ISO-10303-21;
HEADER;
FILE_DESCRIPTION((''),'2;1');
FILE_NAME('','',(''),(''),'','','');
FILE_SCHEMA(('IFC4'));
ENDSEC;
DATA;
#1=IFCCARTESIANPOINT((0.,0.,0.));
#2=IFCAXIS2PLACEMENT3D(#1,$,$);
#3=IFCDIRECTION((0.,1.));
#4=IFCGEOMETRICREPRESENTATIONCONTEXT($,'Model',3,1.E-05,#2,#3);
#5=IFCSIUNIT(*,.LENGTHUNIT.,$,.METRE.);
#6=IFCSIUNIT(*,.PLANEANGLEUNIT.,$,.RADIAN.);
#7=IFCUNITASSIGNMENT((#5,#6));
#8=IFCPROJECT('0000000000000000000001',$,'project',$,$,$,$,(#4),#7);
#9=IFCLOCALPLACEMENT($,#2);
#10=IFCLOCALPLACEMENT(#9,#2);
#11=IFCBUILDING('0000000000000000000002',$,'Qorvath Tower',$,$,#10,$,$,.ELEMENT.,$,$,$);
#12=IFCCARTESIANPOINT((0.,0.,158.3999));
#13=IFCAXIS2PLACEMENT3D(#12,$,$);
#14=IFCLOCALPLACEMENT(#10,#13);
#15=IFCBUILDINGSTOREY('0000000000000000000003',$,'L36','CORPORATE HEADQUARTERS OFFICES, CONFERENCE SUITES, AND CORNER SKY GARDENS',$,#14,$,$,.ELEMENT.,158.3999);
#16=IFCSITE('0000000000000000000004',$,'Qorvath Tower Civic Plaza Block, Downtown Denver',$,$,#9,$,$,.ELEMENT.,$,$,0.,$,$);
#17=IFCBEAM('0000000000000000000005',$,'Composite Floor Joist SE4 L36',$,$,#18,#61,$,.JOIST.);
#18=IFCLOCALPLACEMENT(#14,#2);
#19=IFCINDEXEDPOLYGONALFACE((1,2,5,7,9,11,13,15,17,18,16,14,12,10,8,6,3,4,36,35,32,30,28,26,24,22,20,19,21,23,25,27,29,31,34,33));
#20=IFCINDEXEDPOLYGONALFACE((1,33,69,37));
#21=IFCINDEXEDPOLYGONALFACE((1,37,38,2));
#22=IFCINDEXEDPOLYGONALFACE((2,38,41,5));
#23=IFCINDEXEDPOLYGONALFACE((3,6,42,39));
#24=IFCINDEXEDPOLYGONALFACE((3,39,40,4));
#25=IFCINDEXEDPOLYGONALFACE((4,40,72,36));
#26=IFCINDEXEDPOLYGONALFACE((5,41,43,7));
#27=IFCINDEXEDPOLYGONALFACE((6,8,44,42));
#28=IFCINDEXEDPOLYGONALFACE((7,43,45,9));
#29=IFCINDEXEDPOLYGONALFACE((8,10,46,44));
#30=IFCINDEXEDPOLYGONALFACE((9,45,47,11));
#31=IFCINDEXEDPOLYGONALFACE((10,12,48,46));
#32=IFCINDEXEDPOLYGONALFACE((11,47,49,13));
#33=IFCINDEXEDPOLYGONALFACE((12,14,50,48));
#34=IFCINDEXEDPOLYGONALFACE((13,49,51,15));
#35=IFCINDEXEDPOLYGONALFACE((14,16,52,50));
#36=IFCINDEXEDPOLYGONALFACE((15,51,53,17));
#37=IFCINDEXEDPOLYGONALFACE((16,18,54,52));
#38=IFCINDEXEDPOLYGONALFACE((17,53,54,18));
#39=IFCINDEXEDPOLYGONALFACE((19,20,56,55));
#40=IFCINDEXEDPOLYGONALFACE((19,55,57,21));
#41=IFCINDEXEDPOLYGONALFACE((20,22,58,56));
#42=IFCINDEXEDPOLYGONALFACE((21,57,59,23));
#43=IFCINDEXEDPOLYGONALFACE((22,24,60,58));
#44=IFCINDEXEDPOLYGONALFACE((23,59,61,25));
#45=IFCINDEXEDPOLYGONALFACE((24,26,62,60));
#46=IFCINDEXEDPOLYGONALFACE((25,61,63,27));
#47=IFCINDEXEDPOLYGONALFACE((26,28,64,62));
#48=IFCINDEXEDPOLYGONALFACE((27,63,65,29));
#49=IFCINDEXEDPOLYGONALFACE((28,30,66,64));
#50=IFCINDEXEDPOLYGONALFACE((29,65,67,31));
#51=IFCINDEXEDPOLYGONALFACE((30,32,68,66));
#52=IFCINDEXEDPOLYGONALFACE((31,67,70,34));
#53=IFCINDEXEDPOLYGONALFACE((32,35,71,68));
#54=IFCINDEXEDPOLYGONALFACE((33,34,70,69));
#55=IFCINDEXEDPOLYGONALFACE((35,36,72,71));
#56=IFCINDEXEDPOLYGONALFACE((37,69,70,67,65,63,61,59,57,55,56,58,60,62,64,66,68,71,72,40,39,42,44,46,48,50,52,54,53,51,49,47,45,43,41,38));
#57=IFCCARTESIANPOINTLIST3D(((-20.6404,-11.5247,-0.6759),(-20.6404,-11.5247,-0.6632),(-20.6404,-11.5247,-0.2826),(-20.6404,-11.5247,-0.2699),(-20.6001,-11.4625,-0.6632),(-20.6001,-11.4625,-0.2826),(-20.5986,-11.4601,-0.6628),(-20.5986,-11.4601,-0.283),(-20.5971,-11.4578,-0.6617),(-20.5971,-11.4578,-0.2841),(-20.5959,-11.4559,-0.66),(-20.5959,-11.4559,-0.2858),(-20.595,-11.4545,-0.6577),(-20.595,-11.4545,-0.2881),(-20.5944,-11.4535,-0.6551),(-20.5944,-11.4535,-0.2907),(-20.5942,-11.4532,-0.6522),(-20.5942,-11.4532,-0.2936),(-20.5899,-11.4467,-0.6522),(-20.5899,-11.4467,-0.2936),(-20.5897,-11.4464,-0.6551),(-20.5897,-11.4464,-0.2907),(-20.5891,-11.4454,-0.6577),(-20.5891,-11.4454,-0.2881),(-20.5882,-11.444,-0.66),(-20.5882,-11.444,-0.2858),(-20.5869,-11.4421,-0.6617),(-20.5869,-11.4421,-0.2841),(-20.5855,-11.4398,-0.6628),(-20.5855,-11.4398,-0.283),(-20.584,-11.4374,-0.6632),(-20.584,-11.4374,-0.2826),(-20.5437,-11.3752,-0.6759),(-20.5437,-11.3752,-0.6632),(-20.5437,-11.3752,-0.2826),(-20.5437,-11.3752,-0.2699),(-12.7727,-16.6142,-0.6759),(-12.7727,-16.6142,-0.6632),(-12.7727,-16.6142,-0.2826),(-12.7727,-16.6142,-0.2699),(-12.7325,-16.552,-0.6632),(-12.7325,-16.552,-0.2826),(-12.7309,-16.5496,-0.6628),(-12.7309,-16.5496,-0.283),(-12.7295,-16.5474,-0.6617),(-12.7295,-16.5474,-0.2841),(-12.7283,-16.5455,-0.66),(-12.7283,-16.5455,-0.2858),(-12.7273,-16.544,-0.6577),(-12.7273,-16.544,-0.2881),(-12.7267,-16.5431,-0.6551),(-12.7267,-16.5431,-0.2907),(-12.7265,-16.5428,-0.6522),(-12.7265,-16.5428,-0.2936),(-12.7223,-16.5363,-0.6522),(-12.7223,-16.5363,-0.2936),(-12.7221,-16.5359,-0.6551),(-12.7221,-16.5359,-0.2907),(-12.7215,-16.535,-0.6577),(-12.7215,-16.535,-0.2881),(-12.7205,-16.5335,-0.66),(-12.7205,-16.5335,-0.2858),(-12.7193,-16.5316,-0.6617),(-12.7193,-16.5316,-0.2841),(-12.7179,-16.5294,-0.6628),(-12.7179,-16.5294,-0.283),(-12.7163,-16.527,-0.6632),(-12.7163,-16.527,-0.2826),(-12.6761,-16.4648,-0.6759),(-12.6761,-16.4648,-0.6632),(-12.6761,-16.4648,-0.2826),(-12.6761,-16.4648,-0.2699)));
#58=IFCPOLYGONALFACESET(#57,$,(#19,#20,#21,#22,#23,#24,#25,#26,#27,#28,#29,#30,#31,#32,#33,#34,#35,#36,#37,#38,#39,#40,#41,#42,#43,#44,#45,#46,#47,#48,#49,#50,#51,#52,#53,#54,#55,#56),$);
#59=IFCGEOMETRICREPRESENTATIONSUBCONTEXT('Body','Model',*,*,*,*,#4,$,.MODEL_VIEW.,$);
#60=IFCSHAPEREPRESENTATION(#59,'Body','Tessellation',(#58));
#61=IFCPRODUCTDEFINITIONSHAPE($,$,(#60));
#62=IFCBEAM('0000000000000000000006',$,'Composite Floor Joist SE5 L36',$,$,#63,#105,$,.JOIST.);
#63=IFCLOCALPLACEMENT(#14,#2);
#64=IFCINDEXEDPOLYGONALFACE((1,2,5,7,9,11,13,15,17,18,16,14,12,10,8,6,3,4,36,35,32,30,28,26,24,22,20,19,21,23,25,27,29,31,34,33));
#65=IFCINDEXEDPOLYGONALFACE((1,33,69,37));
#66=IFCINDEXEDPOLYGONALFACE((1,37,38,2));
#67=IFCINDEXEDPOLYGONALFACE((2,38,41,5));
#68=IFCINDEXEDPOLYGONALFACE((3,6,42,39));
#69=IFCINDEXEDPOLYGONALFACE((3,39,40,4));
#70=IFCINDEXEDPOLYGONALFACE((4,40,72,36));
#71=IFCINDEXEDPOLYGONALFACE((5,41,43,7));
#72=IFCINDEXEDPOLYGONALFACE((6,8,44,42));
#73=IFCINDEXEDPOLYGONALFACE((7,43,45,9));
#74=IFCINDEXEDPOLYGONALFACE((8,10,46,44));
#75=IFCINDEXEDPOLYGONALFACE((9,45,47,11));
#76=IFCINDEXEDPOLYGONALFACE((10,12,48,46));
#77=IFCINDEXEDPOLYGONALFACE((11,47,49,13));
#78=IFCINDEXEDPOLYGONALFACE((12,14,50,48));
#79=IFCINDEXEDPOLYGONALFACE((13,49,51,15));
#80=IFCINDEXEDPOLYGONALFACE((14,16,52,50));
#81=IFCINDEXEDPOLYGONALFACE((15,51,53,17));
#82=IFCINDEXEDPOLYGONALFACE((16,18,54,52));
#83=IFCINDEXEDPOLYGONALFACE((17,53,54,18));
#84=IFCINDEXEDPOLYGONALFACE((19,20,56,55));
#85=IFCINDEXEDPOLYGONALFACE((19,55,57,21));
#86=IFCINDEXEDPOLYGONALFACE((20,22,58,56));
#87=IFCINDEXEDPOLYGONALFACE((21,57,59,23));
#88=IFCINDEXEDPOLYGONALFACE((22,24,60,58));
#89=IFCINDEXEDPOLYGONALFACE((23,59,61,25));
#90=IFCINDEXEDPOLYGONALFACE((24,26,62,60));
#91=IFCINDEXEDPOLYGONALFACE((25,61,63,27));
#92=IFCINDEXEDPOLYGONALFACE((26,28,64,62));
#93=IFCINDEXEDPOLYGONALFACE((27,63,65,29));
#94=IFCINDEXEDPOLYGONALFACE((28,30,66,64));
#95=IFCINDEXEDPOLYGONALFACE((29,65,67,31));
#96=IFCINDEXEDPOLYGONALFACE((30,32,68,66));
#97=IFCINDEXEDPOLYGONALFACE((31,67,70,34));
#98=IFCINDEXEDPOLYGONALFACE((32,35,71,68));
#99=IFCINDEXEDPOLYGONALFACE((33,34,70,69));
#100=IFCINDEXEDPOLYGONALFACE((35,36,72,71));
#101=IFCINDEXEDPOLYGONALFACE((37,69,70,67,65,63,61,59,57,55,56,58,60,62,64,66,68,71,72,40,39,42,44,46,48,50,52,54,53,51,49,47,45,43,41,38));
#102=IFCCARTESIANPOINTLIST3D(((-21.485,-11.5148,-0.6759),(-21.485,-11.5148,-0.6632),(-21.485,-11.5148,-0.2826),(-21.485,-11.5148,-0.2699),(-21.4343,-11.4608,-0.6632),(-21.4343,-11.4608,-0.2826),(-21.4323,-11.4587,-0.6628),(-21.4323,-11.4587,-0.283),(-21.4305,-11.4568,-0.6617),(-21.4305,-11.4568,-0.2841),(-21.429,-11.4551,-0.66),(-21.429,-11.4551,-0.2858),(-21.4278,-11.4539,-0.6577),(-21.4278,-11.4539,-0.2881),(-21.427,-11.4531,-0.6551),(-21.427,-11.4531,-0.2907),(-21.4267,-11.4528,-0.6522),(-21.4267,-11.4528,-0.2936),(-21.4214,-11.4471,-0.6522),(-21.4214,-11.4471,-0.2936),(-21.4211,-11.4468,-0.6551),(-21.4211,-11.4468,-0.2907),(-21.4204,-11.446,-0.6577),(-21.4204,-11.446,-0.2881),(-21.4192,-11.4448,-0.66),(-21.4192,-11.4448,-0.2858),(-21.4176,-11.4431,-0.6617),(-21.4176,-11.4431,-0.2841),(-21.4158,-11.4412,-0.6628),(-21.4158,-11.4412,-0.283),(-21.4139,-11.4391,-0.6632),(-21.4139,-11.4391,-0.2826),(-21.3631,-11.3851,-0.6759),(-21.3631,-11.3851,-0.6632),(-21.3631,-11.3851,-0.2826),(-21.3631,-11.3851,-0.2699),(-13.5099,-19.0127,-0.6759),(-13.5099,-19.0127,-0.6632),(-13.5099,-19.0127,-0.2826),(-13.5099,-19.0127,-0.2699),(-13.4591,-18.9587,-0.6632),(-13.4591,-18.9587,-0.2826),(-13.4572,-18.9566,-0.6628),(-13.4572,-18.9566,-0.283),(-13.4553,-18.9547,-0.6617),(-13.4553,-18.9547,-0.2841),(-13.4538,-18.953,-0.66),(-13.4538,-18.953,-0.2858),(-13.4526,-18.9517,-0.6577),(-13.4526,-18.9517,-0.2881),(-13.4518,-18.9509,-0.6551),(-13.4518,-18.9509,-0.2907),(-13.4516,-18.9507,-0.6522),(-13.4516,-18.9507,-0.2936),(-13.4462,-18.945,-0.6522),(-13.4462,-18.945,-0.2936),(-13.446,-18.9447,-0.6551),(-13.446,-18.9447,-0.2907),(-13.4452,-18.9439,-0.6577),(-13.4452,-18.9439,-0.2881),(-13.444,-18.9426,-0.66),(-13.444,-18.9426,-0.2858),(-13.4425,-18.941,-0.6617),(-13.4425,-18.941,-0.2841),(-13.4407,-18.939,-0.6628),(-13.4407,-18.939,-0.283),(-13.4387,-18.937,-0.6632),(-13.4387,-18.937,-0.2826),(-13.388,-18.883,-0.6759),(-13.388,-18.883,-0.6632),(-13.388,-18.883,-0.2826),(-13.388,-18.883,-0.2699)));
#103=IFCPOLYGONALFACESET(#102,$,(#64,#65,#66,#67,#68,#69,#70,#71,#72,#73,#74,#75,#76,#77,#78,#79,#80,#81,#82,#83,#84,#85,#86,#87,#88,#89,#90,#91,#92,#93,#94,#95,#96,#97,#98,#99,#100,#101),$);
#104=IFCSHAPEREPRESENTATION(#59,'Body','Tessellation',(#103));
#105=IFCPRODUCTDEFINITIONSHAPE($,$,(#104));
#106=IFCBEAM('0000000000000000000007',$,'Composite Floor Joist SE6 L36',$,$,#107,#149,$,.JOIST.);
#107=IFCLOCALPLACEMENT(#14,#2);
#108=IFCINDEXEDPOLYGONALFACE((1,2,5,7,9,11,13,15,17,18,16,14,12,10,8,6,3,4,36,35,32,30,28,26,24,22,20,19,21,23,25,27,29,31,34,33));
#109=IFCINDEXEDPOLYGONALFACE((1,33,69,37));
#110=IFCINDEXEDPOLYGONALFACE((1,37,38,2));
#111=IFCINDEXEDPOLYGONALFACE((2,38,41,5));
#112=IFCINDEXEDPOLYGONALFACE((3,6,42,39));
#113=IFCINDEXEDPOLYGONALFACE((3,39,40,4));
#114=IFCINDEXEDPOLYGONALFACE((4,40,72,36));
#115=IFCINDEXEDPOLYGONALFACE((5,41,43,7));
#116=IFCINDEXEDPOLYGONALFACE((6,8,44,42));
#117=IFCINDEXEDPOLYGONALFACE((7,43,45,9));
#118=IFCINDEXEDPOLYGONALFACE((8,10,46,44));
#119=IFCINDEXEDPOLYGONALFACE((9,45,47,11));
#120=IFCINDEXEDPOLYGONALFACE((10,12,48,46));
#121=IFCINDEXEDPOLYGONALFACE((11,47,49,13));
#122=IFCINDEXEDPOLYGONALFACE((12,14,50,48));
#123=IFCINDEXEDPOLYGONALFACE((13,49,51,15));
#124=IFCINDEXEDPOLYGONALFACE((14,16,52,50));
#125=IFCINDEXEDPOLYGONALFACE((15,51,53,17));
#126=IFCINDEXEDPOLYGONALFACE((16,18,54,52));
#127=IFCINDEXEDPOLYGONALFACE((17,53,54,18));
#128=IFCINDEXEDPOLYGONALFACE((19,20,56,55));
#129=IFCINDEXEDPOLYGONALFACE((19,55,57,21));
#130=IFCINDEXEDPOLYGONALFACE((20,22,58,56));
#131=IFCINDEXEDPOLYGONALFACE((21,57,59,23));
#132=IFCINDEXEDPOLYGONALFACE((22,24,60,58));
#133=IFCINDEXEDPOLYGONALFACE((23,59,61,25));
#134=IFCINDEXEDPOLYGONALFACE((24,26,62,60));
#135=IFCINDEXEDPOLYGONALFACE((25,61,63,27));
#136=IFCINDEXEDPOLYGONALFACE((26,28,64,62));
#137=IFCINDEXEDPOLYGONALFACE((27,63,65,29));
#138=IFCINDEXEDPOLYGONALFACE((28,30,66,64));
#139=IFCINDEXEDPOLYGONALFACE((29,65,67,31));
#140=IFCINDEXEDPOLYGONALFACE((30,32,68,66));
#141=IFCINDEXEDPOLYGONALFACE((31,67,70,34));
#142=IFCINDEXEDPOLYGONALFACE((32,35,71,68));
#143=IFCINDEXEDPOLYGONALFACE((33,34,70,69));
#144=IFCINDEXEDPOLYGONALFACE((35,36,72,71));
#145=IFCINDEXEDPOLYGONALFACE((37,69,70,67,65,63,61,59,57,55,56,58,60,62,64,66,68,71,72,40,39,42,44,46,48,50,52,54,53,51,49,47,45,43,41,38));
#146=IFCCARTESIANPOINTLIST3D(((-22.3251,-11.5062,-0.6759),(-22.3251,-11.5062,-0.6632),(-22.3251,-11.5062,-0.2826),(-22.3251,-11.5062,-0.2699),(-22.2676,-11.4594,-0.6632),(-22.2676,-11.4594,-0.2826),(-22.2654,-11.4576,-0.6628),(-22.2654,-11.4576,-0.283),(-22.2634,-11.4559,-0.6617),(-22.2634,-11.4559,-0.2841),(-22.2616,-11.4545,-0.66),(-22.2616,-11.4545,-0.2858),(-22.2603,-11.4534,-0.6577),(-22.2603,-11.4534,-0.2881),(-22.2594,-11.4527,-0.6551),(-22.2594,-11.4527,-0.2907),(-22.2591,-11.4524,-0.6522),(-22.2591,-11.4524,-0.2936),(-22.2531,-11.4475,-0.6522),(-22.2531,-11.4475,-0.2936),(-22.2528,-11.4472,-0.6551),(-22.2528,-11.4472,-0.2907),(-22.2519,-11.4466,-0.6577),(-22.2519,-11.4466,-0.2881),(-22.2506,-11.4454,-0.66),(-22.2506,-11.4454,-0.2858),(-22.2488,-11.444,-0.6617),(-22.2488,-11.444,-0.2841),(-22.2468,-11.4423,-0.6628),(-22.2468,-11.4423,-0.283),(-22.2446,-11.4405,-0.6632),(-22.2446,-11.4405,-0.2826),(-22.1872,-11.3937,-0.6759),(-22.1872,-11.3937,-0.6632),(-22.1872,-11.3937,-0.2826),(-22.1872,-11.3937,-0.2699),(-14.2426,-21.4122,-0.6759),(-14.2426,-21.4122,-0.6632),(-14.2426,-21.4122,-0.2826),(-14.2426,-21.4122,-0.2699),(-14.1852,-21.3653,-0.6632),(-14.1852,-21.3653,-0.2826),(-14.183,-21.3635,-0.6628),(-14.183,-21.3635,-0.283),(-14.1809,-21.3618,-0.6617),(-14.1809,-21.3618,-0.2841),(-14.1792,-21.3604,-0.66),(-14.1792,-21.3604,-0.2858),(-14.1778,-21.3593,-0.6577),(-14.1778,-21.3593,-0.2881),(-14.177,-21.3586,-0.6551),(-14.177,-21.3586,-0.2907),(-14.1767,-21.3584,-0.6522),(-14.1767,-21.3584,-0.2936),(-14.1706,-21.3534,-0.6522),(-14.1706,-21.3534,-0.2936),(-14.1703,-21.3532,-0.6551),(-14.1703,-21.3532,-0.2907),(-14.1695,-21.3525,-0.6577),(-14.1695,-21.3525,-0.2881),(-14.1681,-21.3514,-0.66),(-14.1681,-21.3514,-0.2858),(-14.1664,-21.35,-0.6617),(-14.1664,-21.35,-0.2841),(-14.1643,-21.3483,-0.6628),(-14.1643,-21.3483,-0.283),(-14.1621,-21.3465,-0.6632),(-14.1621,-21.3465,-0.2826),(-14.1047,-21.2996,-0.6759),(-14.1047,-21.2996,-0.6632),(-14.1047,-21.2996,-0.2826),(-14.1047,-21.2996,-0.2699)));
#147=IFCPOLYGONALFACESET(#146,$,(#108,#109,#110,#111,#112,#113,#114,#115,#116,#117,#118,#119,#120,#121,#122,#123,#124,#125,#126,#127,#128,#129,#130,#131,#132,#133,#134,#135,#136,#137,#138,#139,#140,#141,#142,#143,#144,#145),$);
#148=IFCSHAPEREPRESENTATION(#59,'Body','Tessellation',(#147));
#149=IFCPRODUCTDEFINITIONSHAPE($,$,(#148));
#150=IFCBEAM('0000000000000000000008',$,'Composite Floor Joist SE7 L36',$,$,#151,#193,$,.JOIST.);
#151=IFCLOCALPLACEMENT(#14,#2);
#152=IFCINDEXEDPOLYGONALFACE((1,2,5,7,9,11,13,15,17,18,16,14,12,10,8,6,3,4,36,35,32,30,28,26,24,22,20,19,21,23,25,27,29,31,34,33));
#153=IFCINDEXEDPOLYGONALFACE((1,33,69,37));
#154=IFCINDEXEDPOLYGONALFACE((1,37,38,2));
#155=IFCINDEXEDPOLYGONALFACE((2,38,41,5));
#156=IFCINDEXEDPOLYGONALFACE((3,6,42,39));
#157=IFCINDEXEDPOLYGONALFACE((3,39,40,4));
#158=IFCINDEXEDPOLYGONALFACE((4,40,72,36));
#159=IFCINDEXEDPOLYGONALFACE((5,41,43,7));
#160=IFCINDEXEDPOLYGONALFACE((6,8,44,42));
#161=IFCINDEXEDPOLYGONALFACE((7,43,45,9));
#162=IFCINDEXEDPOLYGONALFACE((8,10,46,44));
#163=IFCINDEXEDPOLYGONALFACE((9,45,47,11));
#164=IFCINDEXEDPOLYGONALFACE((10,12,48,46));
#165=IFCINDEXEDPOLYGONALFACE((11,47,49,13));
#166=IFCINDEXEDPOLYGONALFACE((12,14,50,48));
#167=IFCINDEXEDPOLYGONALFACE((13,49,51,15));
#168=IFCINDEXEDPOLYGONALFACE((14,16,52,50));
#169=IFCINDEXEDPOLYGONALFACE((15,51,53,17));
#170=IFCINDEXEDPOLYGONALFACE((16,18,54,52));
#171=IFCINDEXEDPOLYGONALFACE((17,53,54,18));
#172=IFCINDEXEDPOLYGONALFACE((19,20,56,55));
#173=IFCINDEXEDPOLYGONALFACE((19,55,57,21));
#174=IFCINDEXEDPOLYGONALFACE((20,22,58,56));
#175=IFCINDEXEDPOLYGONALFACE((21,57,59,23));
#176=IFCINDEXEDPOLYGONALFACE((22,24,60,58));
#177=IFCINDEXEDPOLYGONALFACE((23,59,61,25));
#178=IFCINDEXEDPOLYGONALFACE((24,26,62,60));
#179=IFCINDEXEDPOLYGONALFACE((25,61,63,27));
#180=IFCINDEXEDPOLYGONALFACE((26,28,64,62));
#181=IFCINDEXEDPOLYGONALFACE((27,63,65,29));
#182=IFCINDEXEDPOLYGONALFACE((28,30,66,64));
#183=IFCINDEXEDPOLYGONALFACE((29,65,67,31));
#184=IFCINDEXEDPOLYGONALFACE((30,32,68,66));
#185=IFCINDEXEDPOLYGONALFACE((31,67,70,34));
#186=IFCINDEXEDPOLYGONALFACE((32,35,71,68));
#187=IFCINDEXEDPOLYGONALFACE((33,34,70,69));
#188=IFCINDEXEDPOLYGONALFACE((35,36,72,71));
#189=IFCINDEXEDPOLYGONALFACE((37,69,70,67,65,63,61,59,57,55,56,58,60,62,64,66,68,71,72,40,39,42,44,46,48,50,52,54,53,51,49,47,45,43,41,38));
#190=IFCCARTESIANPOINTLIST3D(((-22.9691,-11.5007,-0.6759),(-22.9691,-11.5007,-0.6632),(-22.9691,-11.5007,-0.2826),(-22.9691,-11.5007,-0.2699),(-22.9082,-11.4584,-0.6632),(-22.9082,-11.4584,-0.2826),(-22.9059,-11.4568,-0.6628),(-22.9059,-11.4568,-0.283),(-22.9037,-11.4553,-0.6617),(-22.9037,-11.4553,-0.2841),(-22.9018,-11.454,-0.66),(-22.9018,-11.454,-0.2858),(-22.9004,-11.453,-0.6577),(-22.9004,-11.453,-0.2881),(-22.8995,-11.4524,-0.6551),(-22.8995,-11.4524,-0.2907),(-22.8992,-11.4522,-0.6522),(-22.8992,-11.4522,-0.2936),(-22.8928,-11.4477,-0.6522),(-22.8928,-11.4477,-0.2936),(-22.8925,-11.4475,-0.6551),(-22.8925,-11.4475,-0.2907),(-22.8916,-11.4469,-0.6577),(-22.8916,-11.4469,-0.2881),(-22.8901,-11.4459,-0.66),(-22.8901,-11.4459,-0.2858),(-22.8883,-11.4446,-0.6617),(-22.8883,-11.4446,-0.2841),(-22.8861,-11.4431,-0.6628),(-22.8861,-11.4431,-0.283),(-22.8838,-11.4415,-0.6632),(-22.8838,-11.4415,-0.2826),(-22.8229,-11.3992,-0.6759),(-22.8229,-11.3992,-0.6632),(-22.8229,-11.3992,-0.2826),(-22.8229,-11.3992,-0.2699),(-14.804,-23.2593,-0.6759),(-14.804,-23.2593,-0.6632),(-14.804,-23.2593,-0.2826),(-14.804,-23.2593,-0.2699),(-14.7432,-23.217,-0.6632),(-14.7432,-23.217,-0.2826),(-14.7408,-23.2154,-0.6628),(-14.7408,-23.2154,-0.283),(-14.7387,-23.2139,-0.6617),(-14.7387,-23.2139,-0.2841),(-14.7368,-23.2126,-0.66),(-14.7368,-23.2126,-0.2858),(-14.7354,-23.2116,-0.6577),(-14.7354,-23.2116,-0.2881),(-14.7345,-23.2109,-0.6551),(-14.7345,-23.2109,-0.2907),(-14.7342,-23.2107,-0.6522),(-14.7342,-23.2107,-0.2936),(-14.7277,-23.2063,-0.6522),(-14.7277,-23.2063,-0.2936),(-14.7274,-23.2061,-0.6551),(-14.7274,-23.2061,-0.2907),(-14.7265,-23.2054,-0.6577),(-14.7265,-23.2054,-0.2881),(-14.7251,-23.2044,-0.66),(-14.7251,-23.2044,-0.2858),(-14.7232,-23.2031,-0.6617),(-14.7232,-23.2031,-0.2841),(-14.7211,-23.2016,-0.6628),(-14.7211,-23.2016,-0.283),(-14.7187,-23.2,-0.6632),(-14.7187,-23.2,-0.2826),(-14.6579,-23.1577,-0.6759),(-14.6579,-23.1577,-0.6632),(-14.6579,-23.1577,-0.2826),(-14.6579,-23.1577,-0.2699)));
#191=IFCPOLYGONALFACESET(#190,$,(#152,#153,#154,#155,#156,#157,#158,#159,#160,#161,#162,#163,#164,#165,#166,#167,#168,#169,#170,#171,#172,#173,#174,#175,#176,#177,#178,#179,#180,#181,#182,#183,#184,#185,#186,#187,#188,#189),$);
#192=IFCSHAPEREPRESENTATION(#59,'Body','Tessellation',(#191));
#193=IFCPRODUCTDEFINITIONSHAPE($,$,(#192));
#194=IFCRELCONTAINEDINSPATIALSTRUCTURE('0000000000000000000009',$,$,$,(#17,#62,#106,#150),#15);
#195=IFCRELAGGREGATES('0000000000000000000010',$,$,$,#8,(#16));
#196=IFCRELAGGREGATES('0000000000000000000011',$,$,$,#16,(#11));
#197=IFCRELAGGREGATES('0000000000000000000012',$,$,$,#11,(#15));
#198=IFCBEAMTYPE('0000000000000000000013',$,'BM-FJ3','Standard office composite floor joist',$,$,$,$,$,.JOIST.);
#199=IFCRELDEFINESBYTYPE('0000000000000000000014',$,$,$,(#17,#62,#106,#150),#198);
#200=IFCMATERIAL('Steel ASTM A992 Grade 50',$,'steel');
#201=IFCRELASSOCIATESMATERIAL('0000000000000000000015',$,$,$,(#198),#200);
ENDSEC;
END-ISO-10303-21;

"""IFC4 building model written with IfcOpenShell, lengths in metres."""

from ifc_helpers import new_model, si_unit, direction, frame, origin, origin_2d, place, context, subcontext, project, spatial, i_section, extrude, material, material_profile, profile_set, type_object, element, save


model = new_model("IFC4")

# Units and contexts
model_context = context("Model", 3, precision=1e-05, world=origin(), true_north=direction((0.0, 1.0)))
body_context = subcontext(model_context, "Body", "Model", "MODEL_VIEW")
ifc_project = project(units=[si_unit("LENGTHUNIT", "METRE"), si_unit("PLANEANGLEUNIT", "RADIAN")], contexts=[model_context])

# Site, building, storey
site_placement = place(None, origin())
site = spatial("IfcSite", under=ifc_project, at=site_placement, Name="Qorvath Tower Civic Plaza Block, Downtown Denver", CompositionType="ELEMENT", RefElevation=0.0)
building_placement = place(site_placement, origin())
building = spatial("IfcBuilding", under=site, at=building_placement, Name="Qorvath Tower", CompositionType="ELEMENT")
storey_placement = place(building_placement, frame((0.0, 0.0, 158.3999)))
storey = spatial("IfcBuildingStorey", under=building, at=storey_placement, Name="L36", Description="CORPORATE HEADQUARTERS OFFICES, CONFERENCE SUITES, AND CORNER SKY GARDENS", CompositionType="ELEMENT", Elevation=158.3999)

# Beams
ifc_material_1 = material(Name="Steel ASTM A992 Grade 50", Category="steel")
ifc_material_profile_1 = material_profile(ifc_material_1, i_section(OverallWidth=0.178, OverallDepth=0.406, WebThickness=0.0078, FlangeThickness=0.0127, FilletRadius=0.011, at=origin_2d()), Name="W16x40")
ifc_profile_set_1 = profile_set([ifc_material_profile_1], Name="Steel ASTM A992 Grade 50")
beam_type_1 = type_object("IfcBeamType", Name="BM-FJ3", Description="Standard office composite floor joist", PredefinedType="JOIST", material=ifc_profile_set_1)
beam_1_placement = place(storey_placement, frame((-20.592, -11.45, -0.4729), z_axis=(0.839631, -0.543157, 0.0), x_axis=(0.543157, 0.839631, 0.0)))
element("IfcBeam", 1, at=beam_1_placement, inside=storey, type_object=beam_type_1, Name="Composite Floor Joist SE4 L36", PredefinedType="JOIST", context=body_context, shape_type="SweptSolid", body=[
    extrude(i_section(OverallWidth=0.178, OverallDepth=0.406, WebThickness=0.0078, FlangeThickness=0.0127, FilletRadius=0.011, at=origin_2d()), origin(), (0.0, 0.0, 1.0), 9.3704),
])
beam_2_placement = place(storey_placement, frame((-21.4241, -11.45, -0.4729), z_axis=(0.728572, -0.684969, 0.0), x_axis=(0.684969, 0.728572, 0.0)))
element("IfcBeam", 2, at=beam_2_placement, inside=storey, type_object=beam_type_1, Name="Composite Floor Joist SE5 L36", PredefinedType="JOIST", context=body_context, shape_type="SweptSolid", body=[
    extrude(i_section(OverallWidth=0.178, OverallDepth=0.406, WebThickness=0.0078, FlangeThickness=0.0127, FilletRadius=0.011, at=origin_2d()), origin(), (0.0, 0.0, 1.0), 10.9463),
])
beam_3_placement = place(storey_placement, frame((-22.2561, -11.45, -0.4729), z_axis=(0.632188, -0.774815, 0.0), x_axis=(0.774815, 0.632188, 0.0)))
element("IfcBeam", 3, at=beam_3_placement, inside=storey, type_object=beam_type_1, Name="Composite Floor Joist SE6 L36", PredefinedType="JOIST", context=body_context, shape_type="SweptSolid", body=[
    extrude(i_section(OverallWidth=0.178, OverallDepth=0.406, WebThickness=0.0078, FlangeThickness=0.0127, FilletRadius=0.011, at=origin_2d()), origin(), (0.0, 0.0, 1.0), 12.7849),
])
beam_4_placement = place(storey_placement, frame((-22.896, -11.45, -0.4729), z_axis=(0.570367, -0.82139, 0.0), x_axis=(0.82139, 0.570367, 0.0)))
element("IfcBeam", 4, at=beam_4_placement, inside=storey, type_object=beam_type_1, Name="Composite Floor Joist SE7 L36", PredefinedType="JOIST", context=body_context, shape_type="SweptSolid", body=[
    extrude(i_section(OverallWidth=0.178, OverallDepth=0.406, WebThickness=0.0078, FlangeThickness=0.0127, FilletRadius=0.011, at=origin_2d()), origin(), (0.0, 0.0, 1.0), 14.3154),
])

save(model, "model.ifc")
